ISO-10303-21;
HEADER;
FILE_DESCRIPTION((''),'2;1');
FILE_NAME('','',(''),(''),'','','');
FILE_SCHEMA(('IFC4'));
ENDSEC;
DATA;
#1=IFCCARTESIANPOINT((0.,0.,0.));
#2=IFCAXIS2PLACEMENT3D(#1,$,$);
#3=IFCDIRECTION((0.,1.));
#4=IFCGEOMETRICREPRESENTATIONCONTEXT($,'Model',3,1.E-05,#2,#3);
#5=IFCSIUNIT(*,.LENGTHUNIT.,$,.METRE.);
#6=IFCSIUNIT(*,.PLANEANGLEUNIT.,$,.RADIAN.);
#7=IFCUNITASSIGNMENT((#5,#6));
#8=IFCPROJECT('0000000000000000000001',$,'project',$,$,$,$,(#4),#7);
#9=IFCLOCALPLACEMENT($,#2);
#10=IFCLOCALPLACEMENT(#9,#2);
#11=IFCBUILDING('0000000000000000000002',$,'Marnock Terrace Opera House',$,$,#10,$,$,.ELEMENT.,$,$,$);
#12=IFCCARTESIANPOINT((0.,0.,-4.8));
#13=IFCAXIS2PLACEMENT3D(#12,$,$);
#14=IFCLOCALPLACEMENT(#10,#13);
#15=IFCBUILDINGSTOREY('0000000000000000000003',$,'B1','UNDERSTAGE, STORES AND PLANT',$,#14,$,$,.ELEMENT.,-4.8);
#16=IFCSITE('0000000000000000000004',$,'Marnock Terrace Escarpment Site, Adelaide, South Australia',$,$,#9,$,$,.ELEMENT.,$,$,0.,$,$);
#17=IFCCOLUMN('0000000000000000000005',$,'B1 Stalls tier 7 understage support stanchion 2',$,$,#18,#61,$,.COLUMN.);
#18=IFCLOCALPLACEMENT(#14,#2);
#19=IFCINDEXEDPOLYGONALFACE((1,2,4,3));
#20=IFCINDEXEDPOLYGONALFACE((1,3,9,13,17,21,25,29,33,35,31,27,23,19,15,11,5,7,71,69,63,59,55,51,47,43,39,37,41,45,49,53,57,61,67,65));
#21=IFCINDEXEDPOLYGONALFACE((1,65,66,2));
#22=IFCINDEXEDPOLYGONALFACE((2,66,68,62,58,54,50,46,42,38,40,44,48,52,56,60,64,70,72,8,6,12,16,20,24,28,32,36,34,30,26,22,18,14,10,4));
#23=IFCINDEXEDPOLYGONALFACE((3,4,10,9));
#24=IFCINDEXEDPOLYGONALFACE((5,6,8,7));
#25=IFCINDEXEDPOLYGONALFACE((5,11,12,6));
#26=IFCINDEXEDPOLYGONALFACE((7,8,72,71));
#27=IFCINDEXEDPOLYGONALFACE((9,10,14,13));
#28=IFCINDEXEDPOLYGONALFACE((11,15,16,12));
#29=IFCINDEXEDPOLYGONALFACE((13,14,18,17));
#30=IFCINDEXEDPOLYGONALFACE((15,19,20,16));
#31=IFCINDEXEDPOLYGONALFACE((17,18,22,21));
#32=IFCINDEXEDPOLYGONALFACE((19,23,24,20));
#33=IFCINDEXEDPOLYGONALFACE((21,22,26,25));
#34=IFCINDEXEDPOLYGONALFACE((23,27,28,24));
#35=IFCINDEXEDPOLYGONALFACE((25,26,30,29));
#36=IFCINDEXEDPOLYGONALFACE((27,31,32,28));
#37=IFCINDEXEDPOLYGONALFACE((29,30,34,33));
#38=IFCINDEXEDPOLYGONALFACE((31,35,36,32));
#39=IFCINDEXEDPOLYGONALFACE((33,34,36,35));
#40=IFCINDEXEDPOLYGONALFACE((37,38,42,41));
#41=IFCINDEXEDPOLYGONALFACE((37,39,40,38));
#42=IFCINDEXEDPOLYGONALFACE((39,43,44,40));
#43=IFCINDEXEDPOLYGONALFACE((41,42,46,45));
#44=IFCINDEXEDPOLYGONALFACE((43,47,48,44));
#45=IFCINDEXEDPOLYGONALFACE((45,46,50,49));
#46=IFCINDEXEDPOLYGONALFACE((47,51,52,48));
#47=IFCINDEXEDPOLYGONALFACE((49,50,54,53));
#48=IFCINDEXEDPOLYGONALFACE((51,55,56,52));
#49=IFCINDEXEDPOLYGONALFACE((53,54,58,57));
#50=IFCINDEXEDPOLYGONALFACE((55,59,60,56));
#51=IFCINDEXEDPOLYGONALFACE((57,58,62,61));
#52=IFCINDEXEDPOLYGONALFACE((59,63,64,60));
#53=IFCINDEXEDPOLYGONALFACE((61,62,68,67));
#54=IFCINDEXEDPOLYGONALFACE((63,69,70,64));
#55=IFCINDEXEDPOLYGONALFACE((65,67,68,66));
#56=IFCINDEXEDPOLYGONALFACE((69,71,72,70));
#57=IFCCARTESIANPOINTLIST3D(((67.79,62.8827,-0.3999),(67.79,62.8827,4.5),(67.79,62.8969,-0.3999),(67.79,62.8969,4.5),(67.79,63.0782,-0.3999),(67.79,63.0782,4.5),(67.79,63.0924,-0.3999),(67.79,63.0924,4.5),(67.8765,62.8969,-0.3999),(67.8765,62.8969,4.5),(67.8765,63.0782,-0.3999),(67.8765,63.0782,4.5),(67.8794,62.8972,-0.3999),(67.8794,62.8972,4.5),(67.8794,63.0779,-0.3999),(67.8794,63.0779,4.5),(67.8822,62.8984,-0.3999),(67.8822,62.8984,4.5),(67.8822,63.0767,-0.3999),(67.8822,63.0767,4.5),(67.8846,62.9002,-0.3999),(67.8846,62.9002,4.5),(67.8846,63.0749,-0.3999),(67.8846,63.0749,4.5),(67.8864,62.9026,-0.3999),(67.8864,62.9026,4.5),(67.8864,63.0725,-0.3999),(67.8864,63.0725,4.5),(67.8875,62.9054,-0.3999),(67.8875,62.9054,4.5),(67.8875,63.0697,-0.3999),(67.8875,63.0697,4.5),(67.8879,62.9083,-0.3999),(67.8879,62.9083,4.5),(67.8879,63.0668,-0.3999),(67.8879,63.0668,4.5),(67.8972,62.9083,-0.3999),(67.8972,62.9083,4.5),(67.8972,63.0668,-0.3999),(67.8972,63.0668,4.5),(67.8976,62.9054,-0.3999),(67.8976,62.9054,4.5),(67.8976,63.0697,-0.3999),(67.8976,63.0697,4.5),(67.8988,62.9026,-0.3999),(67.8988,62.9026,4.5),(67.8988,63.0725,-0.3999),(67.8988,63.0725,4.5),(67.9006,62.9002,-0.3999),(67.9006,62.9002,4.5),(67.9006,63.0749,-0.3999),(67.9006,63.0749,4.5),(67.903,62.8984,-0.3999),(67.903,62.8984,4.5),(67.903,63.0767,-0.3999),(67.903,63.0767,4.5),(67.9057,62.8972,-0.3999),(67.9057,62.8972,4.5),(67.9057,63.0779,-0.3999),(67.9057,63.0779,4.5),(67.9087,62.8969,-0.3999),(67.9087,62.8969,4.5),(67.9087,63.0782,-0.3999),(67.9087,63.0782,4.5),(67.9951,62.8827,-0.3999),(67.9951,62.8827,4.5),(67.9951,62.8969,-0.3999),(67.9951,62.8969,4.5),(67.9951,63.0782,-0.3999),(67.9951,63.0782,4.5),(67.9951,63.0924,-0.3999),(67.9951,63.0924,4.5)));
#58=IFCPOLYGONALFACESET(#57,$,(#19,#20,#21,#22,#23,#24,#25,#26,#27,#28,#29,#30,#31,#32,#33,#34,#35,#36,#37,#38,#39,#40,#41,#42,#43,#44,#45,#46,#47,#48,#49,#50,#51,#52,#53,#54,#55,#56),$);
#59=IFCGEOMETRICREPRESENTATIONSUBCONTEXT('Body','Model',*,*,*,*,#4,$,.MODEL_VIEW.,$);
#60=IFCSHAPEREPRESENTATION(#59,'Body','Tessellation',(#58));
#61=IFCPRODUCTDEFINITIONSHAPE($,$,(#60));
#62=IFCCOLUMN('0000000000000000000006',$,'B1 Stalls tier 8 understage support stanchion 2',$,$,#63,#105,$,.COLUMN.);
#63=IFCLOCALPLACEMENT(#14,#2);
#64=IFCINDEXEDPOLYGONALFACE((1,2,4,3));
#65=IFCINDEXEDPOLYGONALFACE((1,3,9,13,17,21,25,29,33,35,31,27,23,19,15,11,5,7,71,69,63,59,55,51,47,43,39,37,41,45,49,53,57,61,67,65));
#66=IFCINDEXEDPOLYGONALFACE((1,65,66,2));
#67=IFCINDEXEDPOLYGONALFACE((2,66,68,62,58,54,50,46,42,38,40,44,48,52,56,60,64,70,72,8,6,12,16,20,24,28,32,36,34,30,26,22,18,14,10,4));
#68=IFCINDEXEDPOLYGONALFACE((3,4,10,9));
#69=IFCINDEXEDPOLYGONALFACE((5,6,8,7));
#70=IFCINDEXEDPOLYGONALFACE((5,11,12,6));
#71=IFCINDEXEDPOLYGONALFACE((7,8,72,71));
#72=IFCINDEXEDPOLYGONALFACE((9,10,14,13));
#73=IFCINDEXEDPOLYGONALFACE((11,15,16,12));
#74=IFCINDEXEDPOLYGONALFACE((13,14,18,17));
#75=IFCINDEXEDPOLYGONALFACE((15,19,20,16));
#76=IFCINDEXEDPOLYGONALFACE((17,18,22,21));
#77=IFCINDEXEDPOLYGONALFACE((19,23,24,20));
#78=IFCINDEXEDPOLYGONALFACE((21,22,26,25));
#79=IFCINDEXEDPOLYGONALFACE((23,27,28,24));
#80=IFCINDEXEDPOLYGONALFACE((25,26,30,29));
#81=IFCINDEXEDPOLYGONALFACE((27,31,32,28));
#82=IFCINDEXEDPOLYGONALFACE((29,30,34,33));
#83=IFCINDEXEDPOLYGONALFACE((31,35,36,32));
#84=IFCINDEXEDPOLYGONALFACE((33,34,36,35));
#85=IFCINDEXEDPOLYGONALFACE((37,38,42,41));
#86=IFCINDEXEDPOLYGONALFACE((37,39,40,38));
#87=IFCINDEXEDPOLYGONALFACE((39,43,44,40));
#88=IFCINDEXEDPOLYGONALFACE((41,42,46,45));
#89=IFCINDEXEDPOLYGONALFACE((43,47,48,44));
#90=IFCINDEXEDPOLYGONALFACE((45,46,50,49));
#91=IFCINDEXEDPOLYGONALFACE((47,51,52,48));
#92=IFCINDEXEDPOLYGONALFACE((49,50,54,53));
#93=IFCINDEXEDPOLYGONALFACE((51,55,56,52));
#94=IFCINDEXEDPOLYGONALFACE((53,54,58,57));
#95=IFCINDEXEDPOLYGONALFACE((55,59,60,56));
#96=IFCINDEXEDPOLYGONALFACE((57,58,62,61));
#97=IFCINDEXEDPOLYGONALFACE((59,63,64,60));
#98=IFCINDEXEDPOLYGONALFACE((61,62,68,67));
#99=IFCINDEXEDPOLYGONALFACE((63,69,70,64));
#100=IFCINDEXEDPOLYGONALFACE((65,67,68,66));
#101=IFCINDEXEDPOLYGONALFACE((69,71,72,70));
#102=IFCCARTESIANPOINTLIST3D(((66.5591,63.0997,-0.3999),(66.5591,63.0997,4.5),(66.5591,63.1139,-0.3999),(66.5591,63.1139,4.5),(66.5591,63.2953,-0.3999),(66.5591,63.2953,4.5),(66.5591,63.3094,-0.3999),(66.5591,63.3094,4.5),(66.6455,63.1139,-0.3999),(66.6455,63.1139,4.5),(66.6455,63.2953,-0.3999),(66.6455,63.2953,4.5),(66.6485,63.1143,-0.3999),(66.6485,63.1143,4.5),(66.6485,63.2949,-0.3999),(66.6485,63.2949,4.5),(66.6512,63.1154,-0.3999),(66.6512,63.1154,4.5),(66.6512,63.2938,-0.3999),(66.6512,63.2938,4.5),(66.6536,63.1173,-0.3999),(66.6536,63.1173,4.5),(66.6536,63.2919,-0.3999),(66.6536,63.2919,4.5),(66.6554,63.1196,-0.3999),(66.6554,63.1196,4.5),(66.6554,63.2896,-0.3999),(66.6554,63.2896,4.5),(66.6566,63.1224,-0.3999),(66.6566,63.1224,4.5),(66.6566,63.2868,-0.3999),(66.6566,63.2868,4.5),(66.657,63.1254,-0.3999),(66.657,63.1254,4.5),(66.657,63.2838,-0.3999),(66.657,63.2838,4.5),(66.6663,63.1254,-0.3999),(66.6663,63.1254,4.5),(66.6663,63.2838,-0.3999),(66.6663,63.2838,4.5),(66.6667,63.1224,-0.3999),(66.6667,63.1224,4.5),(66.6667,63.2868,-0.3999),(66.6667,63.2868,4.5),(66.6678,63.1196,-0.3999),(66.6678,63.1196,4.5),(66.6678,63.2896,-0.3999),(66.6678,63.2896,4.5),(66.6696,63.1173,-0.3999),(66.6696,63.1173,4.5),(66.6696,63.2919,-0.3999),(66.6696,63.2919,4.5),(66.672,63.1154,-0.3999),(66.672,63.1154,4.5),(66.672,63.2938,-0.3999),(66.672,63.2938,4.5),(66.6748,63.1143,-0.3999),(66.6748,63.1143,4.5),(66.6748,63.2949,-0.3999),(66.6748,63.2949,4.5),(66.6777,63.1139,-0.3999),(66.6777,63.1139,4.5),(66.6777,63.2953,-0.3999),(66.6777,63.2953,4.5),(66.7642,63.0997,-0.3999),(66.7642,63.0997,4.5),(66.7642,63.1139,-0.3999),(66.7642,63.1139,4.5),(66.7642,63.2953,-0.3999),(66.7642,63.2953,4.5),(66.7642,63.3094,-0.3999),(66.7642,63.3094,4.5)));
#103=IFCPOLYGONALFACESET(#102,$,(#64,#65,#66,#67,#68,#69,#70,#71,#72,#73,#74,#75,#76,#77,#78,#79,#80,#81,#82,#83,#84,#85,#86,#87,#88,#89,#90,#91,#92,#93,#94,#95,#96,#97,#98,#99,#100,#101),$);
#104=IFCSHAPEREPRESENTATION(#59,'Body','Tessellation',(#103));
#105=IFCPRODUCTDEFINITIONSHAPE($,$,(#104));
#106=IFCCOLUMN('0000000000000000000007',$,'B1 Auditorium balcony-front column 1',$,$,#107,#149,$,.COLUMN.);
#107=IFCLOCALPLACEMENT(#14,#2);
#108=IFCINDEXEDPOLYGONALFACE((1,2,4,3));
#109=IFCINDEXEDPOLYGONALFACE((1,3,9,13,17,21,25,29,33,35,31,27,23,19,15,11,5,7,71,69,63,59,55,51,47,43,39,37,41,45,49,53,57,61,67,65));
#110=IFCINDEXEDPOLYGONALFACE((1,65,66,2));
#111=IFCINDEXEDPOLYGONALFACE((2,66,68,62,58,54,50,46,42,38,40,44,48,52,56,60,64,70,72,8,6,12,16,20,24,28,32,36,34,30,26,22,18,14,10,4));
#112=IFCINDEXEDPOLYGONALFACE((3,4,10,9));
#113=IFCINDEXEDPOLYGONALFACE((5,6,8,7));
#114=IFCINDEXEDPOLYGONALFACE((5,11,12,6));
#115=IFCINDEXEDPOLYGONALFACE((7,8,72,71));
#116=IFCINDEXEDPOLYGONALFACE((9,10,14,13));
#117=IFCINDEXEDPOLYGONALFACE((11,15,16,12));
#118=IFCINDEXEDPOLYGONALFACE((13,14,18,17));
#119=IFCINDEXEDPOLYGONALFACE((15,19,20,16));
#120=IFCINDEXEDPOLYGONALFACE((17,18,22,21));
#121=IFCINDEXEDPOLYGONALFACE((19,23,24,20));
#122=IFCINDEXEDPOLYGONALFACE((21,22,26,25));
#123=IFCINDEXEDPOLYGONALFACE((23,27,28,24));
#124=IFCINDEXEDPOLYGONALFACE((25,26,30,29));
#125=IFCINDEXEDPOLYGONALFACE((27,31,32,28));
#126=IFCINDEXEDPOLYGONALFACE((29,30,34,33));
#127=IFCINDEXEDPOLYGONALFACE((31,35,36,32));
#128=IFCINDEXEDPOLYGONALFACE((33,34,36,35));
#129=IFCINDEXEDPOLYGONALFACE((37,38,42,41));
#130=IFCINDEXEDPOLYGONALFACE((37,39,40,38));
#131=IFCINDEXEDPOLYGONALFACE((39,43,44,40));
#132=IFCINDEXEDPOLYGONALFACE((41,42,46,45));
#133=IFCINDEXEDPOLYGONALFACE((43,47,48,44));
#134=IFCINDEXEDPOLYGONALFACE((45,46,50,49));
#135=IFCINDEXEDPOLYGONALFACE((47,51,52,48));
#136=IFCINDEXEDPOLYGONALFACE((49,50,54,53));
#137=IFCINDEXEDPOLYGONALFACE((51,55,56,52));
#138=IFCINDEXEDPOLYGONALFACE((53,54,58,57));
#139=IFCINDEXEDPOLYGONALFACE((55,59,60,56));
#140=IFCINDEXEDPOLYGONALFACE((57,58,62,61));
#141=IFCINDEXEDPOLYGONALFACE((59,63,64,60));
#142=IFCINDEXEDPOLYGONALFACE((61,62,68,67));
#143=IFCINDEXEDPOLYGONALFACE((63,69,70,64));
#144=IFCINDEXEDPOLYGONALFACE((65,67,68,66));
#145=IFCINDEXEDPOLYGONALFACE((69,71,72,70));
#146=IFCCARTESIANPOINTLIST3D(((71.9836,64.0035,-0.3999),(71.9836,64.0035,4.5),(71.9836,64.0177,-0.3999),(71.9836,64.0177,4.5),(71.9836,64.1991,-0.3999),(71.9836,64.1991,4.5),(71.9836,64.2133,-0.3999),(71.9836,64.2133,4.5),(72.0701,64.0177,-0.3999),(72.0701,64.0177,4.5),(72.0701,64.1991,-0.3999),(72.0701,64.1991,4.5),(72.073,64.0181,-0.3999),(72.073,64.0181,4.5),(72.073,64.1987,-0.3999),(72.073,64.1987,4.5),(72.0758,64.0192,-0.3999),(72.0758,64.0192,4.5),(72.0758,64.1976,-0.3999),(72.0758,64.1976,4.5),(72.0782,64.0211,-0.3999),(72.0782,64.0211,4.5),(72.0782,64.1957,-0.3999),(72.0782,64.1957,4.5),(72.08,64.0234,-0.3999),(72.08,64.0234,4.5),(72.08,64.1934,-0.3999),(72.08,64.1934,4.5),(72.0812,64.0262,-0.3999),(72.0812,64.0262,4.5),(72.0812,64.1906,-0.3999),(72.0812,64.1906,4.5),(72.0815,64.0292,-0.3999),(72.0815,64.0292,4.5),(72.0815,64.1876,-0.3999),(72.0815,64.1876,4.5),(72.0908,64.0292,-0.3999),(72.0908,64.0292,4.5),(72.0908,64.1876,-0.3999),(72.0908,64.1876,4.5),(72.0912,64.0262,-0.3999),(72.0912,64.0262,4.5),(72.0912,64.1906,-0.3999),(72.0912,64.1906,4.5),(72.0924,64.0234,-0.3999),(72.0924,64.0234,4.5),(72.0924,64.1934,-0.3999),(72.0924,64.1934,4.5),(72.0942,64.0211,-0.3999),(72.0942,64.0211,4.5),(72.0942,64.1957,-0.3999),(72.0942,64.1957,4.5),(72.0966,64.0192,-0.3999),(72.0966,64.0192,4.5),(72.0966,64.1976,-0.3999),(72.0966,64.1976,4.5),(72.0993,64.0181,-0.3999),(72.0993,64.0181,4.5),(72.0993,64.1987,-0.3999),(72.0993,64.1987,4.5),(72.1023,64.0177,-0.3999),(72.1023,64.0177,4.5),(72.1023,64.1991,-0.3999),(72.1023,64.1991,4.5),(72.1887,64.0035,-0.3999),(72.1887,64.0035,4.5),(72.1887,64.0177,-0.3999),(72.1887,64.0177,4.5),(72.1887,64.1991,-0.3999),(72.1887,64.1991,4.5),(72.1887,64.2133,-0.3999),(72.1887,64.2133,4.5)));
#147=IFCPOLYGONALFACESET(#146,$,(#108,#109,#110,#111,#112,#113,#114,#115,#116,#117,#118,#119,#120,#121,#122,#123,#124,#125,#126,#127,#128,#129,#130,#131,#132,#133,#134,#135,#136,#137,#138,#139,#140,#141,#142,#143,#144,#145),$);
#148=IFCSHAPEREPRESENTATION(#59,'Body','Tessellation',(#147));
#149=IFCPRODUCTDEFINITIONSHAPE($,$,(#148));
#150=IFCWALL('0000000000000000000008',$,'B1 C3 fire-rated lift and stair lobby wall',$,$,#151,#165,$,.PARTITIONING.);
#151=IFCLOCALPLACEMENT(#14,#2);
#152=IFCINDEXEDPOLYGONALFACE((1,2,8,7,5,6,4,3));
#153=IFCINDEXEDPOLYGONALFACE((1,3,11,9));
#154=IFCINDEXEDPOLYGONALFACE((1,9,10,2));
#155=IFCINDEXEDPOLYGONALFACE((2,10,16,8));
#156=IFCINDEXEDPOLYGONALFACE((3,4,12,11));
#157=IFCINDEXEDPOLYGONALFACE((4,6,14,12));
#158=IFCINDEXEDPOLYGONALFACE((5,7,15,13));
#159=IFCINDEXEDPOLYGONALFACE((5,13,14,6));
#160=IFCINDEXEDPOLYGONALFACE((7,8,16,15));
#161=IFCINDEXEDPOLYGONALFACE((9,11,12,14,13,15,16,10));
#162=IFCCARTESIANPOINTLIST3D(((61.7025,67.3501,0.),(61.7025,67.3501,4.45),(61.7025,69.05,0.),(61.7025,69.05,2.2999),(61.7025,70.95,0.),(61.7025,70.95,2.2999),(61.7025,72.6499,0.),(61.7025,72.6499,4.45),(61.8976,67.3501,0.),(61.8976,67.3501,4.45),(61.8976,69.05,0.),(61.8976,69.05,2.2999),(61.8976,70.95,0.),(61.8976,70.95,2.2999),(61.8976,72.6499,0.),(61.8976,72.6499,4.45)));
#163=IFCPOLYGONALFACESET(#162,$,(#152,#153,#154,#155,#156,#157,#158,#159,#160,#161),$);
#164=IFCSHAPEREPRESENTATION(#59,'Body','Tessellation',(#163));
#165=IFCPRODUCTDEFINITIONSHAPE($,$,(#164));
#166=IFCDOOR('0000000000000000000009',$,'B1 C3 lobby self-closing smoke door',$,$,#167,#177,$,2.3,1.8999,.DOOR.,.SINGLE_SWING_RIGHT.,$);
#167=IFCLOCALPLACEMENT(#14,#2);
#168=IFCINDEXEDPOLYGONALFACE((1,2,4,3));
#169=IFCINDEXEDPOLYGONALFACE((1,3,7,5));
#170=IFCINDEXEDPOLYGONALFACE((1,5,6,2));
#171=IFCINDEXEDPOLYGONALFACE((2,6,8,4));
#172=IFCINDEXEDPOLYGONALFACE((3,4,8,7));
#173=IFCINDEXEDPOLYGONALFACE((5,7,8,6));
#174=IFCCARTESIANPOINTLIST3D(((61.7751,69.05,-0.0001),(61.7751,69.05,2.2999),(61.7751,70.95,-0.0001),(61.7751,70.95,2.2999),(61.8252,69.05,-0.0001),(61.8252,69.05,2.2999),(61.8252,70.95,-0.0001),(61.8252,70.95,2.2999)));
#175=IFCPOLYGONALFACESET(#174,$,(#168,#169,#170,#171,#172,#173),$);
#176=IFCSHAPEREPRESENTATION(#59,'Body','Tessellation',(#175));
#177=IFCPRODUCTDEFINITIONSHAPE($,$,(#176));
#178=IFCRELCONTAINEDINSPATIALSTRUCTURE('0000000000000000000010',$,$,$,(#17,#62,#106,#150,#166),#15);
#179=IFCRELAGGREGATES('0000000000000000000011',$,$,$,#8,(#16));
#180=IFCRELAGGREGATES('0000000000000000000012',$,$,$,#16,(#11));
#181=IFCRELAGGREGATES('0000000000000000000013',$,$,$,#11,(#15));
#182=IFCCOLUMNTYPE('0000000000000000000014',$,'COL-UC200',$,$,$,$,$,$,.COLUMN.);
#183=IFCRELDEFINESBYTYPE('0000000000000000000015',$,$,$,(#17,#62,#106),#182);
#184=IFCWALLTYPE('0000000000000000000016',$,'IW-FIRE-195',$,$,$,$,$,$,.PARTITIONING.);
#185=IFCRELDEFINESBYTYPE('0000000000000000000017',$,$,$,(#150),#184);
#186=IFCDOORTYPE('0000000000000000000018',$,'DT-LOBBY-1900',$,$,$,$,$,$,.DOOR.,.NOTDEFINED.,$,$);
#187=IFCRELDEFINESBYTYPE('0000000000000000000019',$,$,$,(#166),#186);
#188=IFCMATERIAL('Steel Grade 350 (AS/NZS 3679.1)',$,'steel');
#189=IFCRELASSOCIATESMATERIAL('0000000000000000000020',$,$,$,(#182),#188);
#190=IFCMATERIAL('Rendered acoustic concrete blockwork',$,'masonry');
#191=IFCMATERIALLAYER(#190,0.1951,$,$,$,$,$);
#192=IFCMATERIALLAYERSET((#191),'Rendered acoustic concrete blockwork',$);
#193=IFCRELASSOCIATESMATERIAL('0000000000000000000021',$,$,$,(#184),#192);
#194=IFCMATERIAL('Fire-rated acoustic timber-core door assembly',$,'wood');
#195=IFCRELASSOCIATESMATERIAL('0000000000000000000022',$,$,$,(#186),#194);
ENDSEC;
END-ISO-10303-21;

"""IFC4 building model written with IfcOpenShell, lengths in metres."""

from ifc_helpers import new_model, si_unit, direction, frame, frame_2d, origin, origin_2d, place, context, subcontext, project, spatial, rectangle, i_section, extrude, material, layer, layer_set, material_profile, profile_set, type_object, element, fill, save


model = new_model("IFC4")

# Units and contexts
model_context = context("Model", 3, precision=1e-05, world=origin(), true_north=direction((0.0, 1.0)))
body_context = subcontext(model_context, "Body", "Model", "MODEL_VIEW")
ifc_project = project(units=[si_unit("LENGTHUNIT", "METRE"), si_unit("PLANEANGLEUNIT", "RADIAN")], contexts=[model_context])

# Site, building, storey
site_placement = place(None, origin())
site = spatial("IfcSite", under=ifc_project, at=site_placement, Name="Marnock Terrace Escarpment Site, Adelaide, South Australia", CompositionType="ELEMENT", RefElevation=0.0)
building_placement = place(site_placement, origin())
building = spatial("IfcBuilding", under=site, at=building_placement, Name="Marnock Terrace Opera House", CompositionType="ELEMENT")
storey_placement = place(building_placement, frame((0.0, 0.0, -4.8)))
storey = spatial("IfcBuildingStorey", under=building, at=storey_placement, Name="B1", Description="UNDERSTAGE, STORES AND PLANT", CompositionType="ELEMENT", Elevation=-4.8)

# Columns
ifc_material_1 = material(Name="Steel Grade 350 (AS/NZS 3679.1)", Category="steel")
ifc_material_profile_1 = material_profile(ifc_material_1, i_section(OverallWidth=0.2051, OverallDepth=0.2097, WebThickness=0.0093, FlangeThickness=0.0142, FilletRadius=0.0115, at=origin_2d()))
ifc_profile_set_1 = profile_set([ifc_material_profile_1], Name="Steel Grade 350 (AS/NZS 3679.1)")
column_type_1 = type_object("IfcColumnType", Name="COL-UC200", PredefinedType="COLUMN", material=ifc_profile_set_1)
for number, where, z_axis, x_axis, name in (
    (1, (67.8926, 62.9875, -0.3999), (0.0, 0.0, 1.0), (1.0, 0.0, 0.0), "B1 Stalls tier 7 understage support stanchion 2"),
    (2, (66.6616, 63.2046, -0.3999), (0.0, 0.0, 1.0), (1.0, 0.0, 0.0), "B1 Stalls tier 8 understage support stanchion 2"),
    (3, (72.0862, 64.1084, -0.3999), (0.0, 0.0, 1.0), (1.0, 0.0, 0.0), "B1 Auditorium balcony-front column 1"),
):
    element("IfcColumn", number, at=place(storey_placement, frame(where, z_axis=z_axis, x_axis=x_axis)), inside=storey, type_object=column_type_1, Name=name, PredefinedType="COLUMN", context=body_context, shape_type="SweptSolid", body=[
        extrude(i_section(OverallWidth=0.2051, OverallDepth=0.2097, WebThickness=0.0093, FlangeThickness=0.0142, FilletRadius=0.0115, at=origin_2d()), origin(), (0.0, 0.0, 1.0), 4.8999),
    ])

# Wall, opening, door
ifc_material_2 = material(Name="Rendered acoustic concrete blockwork", Category="masonry")
ifc_layer_1 = layer(ifc_material_2, 0.1951)
ifc_layer_set_1 = layer_set([ifc_layer_1], Name="Rendered acoustic concrete blockwork")
wall_type_1 = type_object("IfcWallType", Name="IW-FIRE-195", PredefinedType="PARTITIONING", material=ifc_layer_set_1)
wall_1_placement = place(storey_placement, frame((61.8, 67.3501, 0.0), z_axis=(0.0, 0.0, 1.0), x_axis=(0.0, 1.0, 0.0)))
wall_1 = element("IfcWall", 4, at=wall_1_placement, inside=storey, type_object=wall_type_1, Name="B1 C3 fire-rated lift and stair lobby wall", PredefinedType="PARTITIONING", context=body_context, shape_type="SweptSolid", body=[
    extrude(rectangle(XDim=5.2998, YDim=0.1951, at=frame_2d((2.6499, 0.0))), origin(), (0.0, 0.0, 1.0), 4.45),
])
opening_1_placement = place(wall_1_placement, frame((1.7, 0.0, 0.0)))
opening_1 = element("IfcOpeningElement", 5, at=opening_1_placement, cuts=wall_1, PredefinedType="OPENING", context=body_context, shape_type="SweptSolid", body=[
    extrude(rectangle(XDim=1.8999, YDim=2.3, at=frame_2d((0.95, 1.1499))), frame((0.0, 0.1074, 0.0), z_axis=(0.0, -1.0, 0.0), x_axis=(1.0, 0.0, 0.0)), (0.0, 0.0, 1.0), 0.2151),
])
ifc_material_3 = material(Name="Fire-rated acoustic timber-core door assembly", Category="wood")
door_type_1 = type_object("IfcDoorType", Name="DT-LOBBY-1900", OperationType="NOTDEFINED", PredefinedType="DOOR", material=ifc_material_3)
door_1_placement = place(opening_1_placement, origin())
door_1 = element("IfcDoor", 6, at=door_1_placement, inside=storey, type_object=door_type_1, Name="B1 C3 lobby self-closing smoke door", OperationType="SINGLE_SWING_RIGHT", OverallHeight=2.3, OverallWidth=1.8999, PredefinedType="DOOR", context=body_context, shape_type="SweptSolid", body=[
    extrude(rectangle(XDim=1.8999, YDim=2.3, at=frame_2d((0.95, 1.1499))), frame((0.0, 0.0249, 0.0), z_axis=(0.0, -1.0, 0.0), x_axis=(1.0, 0.0, 0.0)), (0.0, 0.0, 1.0), 0.05),
])
fill(opening_1, door_1)

save(model, "model.ifc")
